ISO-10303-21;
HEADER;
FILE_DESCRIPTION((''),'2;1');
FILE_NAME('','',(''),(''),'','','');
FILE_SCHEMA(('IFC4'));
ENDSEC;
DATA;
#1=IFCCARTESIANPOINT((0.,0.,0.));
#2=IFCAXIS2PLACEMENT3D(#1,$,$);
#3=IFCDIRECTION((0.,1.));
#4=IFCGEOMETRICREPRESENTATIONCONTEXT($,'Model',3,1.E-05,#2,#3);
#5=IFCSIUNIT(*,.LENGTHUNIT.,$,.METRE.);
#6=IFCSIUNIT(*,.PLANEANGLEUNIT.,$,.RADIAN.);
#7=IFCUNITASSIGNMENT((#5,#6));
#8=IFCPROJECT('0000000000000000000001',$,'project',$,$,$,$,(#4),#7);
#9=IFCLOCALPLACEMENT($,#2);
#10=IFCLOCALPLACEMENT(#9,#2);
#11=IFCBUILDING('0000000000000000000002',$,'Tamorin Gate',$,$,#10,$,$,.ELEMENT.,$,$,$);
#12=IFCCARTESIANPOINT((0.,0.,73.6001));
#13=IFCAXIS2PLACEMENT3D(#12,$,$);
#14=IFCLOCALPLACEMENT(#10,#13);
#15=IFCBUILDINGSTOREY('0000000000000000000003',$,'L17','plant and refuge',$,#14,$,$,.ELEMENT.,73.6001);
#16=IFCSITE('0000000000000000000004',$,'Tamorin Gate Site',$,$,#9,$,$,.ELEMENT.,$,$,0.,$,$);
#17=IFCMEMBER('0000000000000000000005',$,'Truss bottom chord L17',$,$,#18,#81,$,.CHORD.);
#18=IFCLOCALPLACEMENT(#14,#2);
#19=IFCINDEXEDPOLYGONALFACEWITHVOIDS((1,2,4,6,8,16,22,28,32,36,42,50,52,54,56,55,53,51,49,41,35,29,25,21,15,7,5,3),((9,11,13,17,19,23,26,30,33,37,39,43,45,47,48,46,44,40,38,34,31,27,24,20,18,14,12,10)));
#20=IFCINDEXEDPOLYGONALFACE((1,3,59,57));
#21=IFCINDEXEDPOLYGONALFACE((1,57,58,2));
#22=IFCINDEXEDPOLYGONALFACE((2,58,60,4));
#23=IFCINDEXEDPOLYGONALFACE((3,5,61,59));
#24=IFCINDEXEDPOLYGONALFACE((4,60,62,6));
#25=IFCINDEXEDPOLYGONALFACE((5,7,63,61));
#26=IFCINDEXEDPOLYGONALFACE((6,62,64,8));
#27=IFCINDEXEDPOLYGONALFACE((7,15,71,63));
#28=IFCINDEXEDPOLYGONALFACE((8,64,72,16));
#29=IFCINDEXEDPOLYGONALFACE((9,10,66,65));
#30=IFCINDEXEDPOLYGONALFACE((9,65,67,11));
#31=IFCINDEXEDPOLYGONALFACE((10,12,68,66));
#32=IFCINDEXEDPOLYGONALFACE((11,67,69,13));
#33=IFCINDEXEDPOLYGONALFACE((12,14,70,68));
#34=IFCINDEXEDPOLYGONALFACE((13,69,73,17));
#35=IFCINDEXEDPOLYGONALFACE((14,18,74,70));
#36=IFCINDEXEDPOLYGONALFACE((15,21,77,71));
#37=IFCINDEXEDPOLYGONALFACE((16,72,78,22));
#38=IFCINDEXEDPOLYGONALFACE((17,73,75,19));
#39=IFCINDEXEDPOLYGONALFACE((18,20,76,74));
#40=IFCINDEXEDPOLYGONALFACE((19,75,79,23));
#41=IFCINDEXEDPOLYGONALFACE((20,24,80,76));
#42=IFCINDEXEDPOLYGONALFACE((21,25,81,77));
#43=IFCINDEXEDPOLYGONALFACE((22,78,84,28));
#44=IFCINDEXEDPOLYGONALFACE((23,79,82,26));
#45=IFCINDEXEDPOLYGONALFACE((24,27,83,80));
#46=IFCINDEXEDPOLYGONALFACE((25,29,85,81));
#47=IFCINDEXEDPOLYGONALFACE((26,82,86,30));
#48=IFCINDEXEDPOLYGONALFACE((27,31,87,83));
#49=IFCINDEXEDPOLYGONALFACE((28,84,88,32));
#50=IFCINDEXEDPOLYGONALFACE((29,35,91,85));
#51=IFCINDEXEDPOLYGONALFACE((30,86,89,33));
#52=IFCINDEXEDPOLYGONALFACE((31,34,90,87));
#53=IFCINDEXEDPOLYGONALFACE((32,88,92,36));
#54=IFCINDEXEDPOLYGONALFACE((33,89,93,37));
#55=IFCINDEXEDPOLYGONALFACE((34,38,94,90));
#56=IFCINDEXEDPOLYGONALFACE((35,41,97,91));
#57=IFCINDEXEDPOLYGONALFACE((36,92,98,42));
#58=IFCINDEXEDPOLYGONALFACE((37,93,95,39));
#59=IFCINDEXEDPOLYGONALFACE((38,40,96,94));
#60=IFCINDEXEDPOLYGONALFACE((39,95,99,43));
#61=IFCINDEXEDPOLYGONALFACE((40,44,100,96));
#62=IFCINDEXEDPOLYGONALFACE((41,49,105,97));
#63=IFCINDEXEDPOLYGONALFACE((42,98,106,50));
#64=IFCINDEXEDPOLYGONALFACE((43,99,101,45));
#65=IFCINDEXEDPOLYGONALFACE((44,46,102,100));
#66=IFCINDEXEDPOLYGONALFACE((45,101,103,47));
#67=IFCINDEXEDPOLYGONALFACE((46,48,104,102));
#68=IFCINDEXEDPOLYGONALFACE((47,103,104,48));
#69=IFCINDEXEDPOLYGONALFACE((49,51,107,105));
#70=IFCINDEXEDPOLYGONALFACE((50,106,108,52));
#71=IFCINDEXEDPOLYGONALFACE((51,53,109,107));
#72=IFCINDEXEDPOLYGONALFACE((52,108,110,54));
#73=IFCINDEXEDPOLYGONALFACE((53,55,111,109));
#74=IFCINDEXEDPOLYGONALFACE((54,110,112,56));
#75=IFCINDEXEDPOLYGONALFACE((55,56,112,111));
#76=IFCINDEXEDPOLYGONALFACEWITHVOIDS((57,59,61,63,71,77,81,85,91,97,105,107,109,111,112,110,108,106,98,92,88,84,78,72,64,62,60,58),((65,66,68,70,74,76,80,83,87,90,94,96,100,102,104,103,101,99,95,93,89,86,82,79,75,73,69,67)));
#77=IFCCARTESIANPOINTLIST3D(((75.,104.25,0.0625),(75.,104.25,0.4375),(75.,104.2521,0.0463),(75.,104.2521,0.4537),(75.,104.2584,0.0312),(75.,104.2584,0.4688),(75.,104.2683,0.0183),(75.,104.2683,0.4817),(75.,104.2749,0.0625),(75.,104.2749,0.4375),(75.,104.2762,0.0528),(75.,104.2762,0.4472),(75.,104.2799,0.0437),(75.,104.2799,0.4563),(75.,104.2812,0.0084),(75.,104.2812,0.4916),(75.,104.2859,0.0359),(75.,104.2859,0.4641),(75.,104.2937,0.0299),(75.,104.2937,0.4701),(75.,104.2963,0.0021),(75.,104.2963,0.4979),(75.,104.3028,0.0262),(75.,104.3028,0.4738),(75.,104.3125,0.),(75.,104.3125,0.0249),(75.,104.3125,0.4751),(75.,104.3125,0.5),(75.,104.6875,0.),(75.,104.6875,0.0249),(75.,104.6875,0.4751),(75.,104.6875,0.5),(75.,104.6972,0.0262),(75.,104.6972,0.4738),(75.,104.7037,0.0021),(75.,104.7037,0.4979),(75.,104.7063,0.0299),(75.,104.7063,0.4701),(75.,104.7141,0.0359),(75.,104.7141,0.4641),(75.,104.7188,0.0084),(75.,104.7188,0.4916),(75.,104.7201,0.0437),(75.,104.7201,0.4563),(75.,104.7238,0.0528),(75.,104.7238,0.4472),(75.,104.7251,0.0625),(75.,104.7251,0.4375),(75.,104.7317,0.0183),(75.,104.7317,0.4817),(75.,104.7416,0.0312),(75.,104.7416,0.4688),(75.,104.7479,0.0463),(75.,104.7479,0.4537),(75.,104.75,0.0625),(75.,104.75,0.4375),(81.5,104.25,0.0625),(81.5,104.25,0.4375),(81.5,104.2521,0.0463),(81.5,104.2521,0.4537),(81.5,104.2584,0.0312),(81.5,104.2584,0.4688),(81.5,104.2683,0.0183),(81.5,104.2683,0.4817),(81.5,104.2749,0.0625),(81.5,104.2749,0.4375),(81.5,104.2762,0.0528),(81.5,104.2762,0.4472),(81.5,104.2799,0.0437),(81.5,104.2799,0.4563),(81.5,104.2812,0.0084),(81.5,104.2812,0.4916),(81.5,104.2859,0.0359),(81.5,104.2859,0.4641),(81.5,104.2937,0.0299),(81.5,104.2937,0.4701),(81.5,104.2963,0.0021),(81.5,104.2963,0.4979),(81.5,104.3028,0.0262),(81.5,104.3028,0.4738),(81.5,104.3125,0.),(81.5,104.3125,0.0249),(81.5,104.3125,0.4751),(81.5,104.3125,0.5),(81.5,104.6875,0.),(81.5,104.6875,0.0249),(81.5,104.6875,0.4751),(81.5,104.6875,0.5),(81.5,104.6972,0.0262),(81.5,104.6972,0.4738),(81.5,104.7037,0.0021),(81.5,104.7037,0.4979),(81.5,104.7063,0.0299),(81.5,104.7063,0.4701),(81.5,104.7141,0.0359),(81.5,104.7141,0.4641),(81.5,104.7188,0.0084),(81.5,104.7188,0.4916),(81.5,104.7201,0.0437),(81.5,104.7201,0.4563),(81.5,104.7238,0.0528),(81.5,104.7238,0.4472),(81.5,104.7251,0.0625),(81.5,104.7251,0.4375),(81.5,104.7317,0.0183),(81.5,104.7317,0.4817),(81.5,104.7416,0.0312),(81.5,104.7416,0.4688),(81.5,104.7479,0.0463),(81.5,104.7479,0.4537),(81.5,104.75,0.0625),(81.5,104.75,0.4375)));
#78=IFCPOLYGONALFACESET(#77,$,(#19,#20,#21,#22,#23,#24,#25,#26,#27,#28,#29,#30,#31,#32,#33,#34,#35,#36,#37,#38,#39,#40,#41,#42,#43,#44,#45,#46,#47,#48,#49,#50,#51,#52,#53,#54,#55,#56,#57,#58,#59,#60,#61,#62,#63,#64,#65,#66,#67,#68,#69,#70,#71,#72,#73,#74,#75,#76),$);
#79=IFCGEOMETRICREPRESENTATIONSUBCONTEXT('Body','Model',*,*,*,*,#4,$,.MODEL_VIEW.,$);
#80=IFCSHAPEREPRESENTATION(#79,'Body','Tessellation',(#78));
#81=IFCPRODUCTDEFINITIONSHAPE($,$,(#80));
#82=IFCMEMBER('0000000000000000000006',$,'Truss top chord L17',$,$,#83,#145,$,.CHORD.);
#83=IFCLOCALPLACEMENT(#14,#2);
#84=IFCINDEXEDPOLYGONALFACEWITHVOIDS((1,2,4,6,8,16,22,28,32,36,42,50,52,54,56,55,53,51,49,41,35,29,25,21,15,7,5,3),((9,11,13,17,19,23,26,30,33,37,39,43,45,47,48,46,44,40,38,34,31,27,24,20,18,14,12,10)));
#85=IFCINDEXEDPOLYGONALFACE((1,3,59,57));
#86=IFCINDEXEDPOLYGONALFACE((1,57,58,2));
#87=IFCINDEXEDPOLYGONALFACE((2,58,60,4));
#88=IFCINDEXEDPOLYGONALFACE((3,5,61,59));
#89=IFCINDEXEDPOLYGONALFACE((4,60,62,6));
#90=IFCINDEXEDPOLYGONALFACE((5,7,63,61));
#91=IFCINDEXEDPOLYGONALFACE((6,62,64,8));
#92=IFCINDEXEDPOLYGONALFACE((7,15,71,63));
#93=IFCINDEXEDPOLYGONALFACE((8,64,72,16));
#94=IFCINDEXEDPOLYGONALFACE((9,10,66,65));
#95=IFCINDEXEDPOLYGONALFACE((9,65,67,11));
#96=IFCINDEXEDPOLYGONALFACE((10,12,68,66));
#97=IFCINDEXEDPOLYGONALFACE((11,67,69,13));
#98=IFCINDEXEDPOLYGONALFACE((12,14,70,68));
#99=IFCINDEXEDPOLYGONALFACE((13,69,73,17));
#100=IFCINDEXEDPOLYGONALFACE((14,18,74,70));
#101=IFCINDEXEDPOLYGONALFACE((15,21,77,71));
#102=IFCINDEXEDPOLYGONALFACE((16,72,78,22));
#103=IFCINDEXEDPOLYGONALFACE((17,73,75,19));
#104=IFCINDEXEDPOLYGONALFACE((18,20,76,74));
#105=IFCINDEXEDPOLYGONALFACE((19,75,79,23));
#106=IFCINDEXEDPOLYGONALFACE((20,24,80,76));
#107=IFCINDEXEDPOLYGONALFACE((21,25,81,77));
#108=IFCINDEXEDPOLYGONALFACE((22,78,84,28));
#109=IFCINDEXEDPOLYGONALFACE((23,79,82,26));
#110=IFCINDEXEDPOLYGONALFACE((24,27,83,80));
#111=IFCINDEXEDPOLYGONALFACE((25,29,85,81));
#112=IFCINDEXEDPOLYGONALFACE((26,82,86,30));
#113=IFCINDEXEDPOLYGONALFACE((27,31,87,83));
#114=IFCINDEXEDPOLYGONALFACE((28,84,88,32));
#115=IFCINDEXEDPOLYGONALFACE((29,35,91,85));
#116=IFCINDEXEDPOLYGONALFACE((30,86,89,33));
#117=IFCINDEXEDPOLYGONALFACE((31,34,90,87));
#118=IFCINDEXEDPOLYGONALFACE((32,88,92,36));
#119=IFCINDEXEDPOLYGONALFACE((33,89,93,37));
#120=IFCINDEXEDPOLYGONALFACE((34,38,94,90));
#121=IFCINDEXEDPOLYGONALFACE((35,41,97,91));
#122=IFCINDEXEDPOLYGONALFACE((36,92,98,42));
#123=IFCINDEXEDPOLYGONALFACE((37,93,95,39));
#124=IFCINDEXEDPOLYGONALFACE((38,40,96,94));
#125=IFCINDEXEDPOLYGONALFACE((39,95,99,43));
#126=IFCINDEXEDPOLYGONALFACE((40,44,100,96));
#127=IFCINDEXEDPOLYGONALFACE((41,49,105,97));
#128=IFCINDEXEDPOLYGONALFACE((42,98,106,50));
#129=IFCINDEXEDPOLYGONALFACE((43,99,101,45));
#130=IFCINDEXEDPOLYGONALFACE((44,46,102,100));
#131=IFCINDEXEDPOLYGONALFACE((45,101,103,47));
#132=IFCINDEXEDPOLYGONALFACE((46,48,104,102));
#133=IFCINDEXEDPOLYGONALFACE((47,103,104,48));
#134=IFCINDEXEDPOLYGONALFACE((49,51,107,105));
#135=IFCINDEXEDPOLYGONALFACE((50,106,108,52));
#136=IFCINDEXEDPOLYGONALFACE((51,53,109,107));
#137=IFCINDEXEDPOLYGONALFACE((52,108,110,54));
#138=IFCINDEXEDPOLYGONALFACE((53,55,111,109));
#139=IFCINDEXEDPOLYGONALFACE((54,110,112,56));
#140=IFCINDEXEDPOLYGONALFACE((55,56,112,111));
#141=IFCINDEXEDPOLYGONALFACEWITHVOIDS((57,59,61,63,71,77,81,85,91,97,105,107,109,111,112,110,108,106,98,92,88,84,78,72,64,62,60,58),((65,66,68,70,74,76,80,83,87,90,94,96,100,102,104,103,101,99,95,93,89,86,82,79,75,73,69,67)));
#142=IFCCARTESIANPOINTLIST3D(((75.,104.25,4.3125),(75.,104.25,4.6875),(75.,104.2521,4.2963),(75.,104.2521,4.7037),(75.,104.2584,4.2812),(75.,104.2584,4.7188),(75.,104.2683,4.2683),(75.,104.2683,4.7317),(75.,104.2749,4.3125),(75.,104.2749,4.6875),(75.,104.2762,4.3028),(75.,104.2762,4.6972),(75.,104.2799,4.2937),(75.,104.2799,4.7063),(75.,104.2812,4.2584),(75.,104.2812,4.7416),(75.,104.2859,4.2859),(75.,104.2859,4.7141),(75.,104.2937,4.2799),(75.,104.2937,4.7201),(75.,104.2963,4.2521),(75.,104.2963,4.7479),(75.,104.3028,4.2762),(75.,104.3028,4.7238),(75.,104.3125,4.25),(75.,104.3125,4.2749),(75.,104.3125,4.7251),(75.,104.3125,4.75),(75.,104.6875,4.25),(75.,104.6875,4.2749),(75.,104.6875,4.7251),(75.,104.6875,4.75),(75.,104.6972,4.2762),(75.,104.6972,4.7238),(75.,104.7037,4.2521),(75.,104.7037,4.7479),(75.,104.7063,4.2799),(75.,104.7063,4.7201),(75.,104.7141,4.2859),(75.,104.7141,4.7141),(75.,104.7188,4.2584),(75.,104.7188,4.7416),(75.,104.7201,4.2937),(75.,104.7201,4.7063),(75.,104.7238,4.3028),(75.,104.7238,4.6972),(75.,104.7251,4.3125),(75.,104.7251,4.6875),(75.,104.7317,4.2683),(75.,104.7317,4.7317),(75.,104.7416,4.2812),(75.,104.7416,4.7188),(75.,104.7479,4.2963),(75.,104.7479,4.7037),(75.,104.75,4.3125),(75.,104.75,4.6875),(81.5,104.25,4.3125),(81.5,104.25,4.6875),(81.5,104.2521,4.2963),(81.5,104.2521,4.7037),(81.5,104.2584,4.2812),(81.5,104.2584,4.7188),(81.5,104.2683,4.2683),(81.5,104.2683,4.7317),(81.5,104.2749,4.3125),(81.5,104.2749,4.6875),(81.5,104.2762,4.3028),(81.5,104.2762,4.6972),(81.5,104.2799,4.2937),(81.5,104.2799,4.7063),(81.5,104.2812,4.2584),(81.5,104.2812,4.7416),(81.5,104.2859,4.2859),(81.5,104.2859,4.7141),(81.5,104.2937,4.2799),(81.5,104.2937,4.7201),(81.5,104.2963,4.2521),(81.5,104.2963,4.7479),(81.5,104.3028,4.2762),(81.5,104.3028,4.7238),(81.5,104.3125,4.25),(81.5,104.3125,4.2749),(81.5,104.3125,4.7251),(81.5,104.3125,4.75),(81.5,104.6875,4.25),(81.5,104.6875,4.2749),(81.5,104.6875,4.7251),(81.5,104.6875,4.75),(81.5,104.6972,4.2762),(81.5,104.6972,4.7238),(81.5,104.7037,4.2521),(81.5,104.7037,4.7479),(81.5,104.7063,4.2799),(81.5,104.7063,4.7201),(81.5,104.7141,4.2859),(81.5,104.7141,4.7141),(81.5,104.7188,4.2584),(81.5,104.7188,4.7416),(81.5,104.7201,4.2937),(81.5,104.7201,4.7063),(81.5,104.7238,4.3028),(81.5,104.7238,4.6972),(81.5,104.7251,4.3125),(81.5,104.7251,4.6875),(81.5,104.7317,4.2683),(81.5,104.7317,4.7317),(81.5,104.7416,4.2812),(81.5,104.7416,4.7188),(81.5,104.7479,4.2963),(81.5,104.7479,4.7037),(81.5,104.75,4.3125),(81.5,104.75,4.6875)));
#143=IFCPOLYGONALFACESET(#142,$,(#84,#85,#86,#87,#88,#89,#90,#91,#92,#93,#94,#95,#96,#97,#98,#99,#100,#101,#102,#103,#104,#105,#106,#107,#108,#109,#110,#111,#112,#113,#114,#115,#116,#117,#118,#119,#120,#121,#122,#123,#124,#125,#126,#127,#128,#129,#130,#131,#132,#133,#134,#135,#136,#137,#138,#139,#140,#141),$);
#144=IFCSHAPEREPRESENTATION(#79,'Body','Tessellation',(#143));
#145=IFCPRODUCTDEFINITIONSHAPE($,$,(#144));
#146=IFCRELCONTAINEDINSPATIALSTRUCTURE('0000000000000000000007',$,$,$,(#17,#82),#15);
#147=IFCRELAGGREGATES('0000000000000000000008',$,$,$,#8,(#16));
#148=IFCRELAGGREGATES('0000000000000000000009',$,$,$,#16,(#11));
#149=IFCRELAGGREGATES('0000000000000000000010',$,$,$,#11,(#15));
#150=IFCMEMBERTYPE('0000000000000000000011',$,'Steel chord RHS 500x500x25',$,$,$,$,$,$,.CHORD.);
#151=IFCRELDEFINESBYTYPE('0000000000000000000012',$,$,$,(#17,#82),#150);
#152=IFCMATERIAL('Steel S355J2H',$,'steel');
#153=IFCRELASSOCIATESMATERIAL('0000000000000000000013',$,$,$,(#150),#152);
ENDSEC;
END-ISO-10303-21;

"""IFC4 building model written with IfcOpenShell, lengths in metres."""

from ifc_helpers import new_model, si_unit, direction, frame, origin, origin_2d, place, context, subcontext, project, spatial, hollow_rectangle, extrude, material, material_profile, profile_set, type_object, element, save


model = new_model("IFC4")

# Units and contexts
model_context = context("Model", 3, precision=1e-05, world=origin(), true_north=direction((0.0, 1.0)))
body_context = subcontext(model_context, "Body", "Model", "MODEL_VIEW")
ifc_project = project(units=[si_unit("LENGTHUNIT", "METRE"), si_unit("PLANEANGLEUNIT", "RADIAN")], contexts=[model_context])

# Site, building, storey
site_placement = place(None, origin())
site = spatial("IfcSite", under=ifc_project, at=site_placement, Name="Tamorin Gate Site", CompositionType="ELEMENT", RefElevation=0.0)
building_placement = place(site_placement, origin())
building = spatial("IfcBuilding", under=site, at=building_placement, Name="Tamorin Gate", CompositionType="ELEMENT")
storey_placement = place(building_placement, frame((0.0, 0.0, 73.6001)))
storey = spatial("IfcBuildingStorey", under=building, at=storey_placement, Name="L17", Description="plant and refuge", CompositionType="ELEMENT", Elevation=73.6001)

# Members
ifc_material_1 = material(Name="Steel S355J2H", Category="steel")
ifc_material_profile_1 = material_profile(ifc_material_1, hollow_rectangle(XDim=0.5, YDim=0.5, WallThickness=0.0249, InnerFilletRadius=0.0376, OuterFilletRadius=0.0625, at=origin_2d()), Name="RHS 500x500x25")
ifc_profile_set_1 = profile_set([ifc_material_profile_1], Name="Steel S355J2H")
member_type_1 = type_object("IfcMemberType", Name="Steel chord RHS 500x500x25", PredefinedType="CHORD", material=ifc_profile_set_1)
for number, where, z_axis, x_axis, name in (
    (1, (81.5, 104.5, 0.25), (-1.0, 0.0, 0.0), (0.0, -1.0, 0.0), "Truss bottom chord L17"),
    (2, (81.5, 104.5, 4.5), (-1.0, 0.0, 0.0), (0.0, -1.0, 0.0), "Truss top chord L17"),
):
    element("IfcMember", number, at=place(storey_placement, frame(where, z_axis=z_axis, x_axis=x_axis)), inside=storey, type_object=member_type_1, Name=name, PredefinedType="CHORD", context=body_context, shape_type="SweptSolid", body=[
        extrude(hollow_rectangle(XDim=0.5, YDim=0.5, WallThickness=0.0249, InnerFilletRadius=0.0376, OuterFilletRadius=0.0625, at=origin_2d()), origin(), (0.0, 0.0, 1.0), 6.5),
    ])

save(model, "model.ifc")
